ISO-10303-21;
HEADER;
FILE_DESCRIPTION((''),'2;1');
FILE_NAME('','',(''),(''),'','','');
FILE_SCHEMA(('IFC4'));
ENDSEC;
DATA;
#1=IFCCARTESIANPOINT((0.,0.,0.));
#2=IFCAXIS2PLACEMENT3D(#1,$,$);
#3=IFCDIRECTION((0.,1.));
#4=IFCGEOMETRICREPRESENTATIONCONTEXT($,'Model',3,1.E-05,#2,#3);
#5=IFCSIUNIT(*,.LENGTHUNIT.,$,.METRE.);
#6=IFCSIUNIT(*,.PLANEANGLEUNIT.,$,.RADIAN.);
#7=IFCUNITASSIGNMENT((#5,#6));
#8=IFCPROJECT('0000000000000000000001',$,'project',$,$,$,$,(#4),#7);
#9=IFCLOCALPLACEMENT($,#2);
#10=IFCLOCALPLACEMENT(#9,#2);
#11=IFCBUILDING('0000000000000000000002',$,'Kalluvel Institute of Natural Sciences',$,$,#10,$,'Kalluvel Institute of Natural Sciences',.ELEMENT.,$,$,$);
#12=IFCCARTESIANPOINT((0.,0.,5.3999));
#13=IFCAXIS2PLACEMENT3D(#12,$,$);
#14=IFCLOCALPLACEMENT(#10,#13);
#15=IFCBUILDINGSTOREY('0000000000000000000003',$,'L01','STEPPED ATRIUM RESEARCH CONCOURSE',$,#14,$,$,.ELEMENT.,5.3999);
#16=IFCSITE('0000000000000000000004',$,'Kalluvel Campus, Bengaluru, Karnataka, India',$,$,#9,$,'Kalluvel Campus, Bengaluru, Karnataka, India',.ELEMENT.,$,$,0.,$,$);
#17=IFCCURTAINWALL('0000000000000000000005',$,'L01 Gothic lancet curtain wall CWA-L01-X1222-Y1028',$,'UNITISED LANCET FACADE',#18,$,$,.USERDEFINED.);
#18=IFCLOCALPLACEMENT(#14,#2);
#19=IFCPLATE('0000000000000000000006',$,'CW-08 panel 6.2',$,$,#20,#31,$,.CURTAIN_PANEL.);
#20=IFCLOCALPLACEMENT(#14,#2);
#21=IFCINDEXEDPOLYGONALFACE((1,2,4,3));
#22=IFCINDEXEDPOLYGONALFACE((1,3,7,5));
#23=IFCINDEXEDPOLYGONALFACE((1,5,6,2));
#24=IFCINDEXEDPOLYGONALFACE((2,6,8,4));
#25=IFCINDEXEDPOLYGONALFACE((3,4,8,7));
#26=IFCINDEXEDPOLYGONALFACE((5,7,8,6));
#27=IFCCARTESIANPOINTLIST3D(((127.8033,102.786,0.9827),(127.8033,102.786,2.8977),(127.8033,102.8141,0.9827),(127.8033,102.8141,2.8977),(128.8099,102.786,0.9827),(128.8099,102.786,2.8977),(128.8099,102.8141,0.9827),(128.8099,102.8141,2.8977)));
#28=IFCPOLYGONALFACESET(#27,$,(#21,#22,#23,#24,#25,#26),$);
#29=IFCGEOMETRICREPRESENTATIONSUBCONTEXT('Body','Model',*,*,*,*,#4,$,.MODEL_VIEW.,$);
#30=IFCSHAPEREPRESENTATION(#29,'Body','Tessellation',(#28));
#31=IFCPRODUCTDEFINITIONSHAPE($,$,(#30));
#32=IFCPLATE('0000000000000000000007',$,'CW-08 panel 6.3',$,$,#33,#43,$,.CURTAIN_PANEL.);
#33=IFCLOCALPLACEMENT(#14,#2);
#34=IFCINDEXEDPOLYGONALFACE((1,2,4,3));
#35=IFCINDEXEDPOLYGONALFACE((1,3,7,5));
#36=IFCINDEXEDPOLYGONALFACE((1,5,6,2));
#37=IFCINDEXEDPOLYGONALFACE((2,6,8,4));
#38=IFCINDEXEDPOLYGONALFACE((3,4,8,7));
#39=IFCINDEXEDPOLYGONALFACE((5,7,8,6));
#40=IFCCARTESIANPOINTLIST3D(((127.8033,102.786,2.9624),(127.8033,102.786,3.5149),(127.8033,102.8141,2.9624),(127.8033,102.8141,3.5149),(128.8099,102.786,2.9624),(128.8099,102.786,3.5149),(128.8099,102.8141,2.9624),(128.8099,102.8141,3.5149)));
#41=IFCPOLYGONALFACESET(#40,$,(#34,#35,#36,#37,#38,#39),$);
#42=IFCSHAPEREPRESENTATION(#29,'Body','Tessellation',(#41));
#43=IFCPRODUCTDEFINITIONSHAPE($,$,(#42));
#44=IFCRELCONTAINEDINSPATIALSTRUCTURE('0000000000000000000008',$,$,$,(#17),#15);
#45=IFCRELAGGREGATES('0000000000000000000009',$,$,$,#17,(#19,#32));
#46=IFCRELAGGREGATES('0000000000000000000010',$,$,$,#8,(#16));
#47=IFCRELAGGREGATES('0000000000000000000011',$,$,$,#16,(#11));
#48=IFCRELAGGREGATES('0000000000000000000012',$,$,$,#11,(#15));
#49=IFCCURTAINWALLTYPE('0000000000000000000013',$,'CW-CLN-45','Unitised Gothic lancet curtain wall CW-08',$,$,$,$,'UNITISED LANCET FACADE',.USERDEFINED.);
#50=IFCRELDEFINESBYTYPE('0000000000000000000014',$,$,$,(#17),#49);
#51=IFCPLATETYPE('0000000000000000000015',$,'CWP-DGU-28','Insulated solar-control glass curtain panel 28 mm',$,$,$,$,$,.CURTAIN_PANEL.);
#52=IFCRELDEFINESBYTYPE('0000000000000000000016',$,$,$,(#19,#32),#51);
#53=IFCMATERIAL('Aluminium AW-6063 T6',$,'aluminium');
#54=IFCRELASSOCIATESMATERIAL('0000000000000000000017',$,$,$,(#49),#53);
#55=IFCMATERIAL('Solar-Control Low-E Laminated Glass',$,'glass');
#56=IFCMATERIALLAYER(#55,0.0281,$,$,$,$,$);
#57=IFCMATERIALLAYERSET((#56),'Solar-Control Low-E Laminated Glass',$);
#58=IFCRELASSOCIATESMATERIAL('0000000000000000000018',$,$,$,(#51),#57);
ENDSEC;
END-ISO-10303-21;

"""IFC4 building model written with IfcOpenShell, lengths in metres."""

from ifc_helpers import new_model, si_unit, direction, frame, origin, origin_2d, place, context, subcontext, project, spatial, rectangle, extrude, material, layer, layer_set, type_object, element, aggregate, save


model = new_model("IFC4")

# Units and contexts
model_context = context("Model", 3, precision=1e-05, world=origin(), true_north=direction((0.0, 1.0)))
body_context = subcontext(model_context, "Body", "Model", "MODEL_VIEW")
ifc_project = project(units=[si_unit("LENGTHUNIT", "METRE"), si_unit("PLANEANGLEUNIT", "RADIAN")], contexts=[model_context])

# Site, building, storey
site_placement = place(None, origin())
site = spatial("IfcSite", under=ifc_project, at=site_placement, Name="Kalluvel Campus, Bengaluru, Karnataka, India", LongName="Kalluvel Campus, Bengaluru, Karnataka, India", CompositionType="ELEMENT", RefElevation=0.0)
building_placement = place(site_placement, origin())
building = spatial("IfcBuilding", under=site, at=building_placement, Name="Kalluvel Institute of Natural Sciences", LongName="Kalluvel Institute of Natural Sciences", CompositionType="ELEMENT")
storey_placement = place(building_placement, frame((0.0, 0.0, 5.3999)))
storey = spatial("IfcBuildingStorey", under=building, at=storey_placement, Name="L01", Description="STEPPED ATRIUM RESEARCH CONCOURSE", CompositionType="ELEMENT", Elevation=5.3999)

# Curtain wall
ifc_material_1 = material(Name="Aluminium AW-6063 T6", Category="aluminium")
curtain_wall_type = type_object("IfcCurtainWallType", Name="CW-CLN-45", Description="Unitised Gothic lancet curtain wall CW-08", ElementType="UNITISED LANCET FACADE", PredefinedType="USERDEFINED", material=ifc_material_1)
curtain_wall_1_placement = place(storey_placement, origin())
curtain_wall_1 = element("IfcCurtainWall", 1, at=curtain_wall_1_placement, inside=storey, type_object=curtain_wall_type, Name="L01 Gothic lancet curtain wall CWA-L01-X1222-Y1028", ObjectType="UNITISED LANCET FACADE", PredefinedType="USERDEFINED")

# Plates
ifc_material_2 = material(Name="Solar-Control Low-E Laminated Glass", Category="glass")
ifc_layer = layer(ifc_material_2, 0.0281)
ifc_layer_set = layer_set([ifc_layer], Name="Solar-Control Low-E Laminated Glass")
plate_type = type_object("IfcPlateType", Name="CWP-DGU-28", Description="Insulated solar-control glass curtain panel 28 mm", PredefinedType="CURTAIN_PANEL", material=ifc_layer_set)
plate_1_placement = place(storey_placement, frame((128.3066, 102.8, 0.9827), z_axis=(0.0, 0.0, 1.0), x_axis=(1.0, 0.0, 0.0)))
plate_1 = element("IfcPlate", 2, at=plate_1_placement, type_object=plate_type, Name="CW-08 panel 6.2", PredefinedType="CURTAIN_PANEL", context=body_context, shape_type="SweptSolid", body=[
    extrude(rectangle(XDim=1.0066, YDim=0.0281, at=origin_2d()), origin(), (0.0, 0.0, 1.0), 1.915),
])
plate_2_placement = place(storey_placement, frame((128.3066, 102.8, 2.9624), z_axis=(0.0, 0.0, 1.0), x_axis=(1.0, 0.0, 0.0)))
plate_2 = element("IfcPlate", 3, at=plate_2_placement, type_object=plate_type, Name="CW-08 panel 6.3", PredefinedType="CURTAIN_PANEL", context=body_context, shape_type="SweptSolid", body=[
    extrude(rectangle(XDim=1.0066, YDim=0.0281, at=origin_2d()), origin(), (0.0, 0.0, 1.0), 0.5525),
])
aggregate(curtain_wall_1, [plate_1, plate_2])

save(model, "model.ifc")
